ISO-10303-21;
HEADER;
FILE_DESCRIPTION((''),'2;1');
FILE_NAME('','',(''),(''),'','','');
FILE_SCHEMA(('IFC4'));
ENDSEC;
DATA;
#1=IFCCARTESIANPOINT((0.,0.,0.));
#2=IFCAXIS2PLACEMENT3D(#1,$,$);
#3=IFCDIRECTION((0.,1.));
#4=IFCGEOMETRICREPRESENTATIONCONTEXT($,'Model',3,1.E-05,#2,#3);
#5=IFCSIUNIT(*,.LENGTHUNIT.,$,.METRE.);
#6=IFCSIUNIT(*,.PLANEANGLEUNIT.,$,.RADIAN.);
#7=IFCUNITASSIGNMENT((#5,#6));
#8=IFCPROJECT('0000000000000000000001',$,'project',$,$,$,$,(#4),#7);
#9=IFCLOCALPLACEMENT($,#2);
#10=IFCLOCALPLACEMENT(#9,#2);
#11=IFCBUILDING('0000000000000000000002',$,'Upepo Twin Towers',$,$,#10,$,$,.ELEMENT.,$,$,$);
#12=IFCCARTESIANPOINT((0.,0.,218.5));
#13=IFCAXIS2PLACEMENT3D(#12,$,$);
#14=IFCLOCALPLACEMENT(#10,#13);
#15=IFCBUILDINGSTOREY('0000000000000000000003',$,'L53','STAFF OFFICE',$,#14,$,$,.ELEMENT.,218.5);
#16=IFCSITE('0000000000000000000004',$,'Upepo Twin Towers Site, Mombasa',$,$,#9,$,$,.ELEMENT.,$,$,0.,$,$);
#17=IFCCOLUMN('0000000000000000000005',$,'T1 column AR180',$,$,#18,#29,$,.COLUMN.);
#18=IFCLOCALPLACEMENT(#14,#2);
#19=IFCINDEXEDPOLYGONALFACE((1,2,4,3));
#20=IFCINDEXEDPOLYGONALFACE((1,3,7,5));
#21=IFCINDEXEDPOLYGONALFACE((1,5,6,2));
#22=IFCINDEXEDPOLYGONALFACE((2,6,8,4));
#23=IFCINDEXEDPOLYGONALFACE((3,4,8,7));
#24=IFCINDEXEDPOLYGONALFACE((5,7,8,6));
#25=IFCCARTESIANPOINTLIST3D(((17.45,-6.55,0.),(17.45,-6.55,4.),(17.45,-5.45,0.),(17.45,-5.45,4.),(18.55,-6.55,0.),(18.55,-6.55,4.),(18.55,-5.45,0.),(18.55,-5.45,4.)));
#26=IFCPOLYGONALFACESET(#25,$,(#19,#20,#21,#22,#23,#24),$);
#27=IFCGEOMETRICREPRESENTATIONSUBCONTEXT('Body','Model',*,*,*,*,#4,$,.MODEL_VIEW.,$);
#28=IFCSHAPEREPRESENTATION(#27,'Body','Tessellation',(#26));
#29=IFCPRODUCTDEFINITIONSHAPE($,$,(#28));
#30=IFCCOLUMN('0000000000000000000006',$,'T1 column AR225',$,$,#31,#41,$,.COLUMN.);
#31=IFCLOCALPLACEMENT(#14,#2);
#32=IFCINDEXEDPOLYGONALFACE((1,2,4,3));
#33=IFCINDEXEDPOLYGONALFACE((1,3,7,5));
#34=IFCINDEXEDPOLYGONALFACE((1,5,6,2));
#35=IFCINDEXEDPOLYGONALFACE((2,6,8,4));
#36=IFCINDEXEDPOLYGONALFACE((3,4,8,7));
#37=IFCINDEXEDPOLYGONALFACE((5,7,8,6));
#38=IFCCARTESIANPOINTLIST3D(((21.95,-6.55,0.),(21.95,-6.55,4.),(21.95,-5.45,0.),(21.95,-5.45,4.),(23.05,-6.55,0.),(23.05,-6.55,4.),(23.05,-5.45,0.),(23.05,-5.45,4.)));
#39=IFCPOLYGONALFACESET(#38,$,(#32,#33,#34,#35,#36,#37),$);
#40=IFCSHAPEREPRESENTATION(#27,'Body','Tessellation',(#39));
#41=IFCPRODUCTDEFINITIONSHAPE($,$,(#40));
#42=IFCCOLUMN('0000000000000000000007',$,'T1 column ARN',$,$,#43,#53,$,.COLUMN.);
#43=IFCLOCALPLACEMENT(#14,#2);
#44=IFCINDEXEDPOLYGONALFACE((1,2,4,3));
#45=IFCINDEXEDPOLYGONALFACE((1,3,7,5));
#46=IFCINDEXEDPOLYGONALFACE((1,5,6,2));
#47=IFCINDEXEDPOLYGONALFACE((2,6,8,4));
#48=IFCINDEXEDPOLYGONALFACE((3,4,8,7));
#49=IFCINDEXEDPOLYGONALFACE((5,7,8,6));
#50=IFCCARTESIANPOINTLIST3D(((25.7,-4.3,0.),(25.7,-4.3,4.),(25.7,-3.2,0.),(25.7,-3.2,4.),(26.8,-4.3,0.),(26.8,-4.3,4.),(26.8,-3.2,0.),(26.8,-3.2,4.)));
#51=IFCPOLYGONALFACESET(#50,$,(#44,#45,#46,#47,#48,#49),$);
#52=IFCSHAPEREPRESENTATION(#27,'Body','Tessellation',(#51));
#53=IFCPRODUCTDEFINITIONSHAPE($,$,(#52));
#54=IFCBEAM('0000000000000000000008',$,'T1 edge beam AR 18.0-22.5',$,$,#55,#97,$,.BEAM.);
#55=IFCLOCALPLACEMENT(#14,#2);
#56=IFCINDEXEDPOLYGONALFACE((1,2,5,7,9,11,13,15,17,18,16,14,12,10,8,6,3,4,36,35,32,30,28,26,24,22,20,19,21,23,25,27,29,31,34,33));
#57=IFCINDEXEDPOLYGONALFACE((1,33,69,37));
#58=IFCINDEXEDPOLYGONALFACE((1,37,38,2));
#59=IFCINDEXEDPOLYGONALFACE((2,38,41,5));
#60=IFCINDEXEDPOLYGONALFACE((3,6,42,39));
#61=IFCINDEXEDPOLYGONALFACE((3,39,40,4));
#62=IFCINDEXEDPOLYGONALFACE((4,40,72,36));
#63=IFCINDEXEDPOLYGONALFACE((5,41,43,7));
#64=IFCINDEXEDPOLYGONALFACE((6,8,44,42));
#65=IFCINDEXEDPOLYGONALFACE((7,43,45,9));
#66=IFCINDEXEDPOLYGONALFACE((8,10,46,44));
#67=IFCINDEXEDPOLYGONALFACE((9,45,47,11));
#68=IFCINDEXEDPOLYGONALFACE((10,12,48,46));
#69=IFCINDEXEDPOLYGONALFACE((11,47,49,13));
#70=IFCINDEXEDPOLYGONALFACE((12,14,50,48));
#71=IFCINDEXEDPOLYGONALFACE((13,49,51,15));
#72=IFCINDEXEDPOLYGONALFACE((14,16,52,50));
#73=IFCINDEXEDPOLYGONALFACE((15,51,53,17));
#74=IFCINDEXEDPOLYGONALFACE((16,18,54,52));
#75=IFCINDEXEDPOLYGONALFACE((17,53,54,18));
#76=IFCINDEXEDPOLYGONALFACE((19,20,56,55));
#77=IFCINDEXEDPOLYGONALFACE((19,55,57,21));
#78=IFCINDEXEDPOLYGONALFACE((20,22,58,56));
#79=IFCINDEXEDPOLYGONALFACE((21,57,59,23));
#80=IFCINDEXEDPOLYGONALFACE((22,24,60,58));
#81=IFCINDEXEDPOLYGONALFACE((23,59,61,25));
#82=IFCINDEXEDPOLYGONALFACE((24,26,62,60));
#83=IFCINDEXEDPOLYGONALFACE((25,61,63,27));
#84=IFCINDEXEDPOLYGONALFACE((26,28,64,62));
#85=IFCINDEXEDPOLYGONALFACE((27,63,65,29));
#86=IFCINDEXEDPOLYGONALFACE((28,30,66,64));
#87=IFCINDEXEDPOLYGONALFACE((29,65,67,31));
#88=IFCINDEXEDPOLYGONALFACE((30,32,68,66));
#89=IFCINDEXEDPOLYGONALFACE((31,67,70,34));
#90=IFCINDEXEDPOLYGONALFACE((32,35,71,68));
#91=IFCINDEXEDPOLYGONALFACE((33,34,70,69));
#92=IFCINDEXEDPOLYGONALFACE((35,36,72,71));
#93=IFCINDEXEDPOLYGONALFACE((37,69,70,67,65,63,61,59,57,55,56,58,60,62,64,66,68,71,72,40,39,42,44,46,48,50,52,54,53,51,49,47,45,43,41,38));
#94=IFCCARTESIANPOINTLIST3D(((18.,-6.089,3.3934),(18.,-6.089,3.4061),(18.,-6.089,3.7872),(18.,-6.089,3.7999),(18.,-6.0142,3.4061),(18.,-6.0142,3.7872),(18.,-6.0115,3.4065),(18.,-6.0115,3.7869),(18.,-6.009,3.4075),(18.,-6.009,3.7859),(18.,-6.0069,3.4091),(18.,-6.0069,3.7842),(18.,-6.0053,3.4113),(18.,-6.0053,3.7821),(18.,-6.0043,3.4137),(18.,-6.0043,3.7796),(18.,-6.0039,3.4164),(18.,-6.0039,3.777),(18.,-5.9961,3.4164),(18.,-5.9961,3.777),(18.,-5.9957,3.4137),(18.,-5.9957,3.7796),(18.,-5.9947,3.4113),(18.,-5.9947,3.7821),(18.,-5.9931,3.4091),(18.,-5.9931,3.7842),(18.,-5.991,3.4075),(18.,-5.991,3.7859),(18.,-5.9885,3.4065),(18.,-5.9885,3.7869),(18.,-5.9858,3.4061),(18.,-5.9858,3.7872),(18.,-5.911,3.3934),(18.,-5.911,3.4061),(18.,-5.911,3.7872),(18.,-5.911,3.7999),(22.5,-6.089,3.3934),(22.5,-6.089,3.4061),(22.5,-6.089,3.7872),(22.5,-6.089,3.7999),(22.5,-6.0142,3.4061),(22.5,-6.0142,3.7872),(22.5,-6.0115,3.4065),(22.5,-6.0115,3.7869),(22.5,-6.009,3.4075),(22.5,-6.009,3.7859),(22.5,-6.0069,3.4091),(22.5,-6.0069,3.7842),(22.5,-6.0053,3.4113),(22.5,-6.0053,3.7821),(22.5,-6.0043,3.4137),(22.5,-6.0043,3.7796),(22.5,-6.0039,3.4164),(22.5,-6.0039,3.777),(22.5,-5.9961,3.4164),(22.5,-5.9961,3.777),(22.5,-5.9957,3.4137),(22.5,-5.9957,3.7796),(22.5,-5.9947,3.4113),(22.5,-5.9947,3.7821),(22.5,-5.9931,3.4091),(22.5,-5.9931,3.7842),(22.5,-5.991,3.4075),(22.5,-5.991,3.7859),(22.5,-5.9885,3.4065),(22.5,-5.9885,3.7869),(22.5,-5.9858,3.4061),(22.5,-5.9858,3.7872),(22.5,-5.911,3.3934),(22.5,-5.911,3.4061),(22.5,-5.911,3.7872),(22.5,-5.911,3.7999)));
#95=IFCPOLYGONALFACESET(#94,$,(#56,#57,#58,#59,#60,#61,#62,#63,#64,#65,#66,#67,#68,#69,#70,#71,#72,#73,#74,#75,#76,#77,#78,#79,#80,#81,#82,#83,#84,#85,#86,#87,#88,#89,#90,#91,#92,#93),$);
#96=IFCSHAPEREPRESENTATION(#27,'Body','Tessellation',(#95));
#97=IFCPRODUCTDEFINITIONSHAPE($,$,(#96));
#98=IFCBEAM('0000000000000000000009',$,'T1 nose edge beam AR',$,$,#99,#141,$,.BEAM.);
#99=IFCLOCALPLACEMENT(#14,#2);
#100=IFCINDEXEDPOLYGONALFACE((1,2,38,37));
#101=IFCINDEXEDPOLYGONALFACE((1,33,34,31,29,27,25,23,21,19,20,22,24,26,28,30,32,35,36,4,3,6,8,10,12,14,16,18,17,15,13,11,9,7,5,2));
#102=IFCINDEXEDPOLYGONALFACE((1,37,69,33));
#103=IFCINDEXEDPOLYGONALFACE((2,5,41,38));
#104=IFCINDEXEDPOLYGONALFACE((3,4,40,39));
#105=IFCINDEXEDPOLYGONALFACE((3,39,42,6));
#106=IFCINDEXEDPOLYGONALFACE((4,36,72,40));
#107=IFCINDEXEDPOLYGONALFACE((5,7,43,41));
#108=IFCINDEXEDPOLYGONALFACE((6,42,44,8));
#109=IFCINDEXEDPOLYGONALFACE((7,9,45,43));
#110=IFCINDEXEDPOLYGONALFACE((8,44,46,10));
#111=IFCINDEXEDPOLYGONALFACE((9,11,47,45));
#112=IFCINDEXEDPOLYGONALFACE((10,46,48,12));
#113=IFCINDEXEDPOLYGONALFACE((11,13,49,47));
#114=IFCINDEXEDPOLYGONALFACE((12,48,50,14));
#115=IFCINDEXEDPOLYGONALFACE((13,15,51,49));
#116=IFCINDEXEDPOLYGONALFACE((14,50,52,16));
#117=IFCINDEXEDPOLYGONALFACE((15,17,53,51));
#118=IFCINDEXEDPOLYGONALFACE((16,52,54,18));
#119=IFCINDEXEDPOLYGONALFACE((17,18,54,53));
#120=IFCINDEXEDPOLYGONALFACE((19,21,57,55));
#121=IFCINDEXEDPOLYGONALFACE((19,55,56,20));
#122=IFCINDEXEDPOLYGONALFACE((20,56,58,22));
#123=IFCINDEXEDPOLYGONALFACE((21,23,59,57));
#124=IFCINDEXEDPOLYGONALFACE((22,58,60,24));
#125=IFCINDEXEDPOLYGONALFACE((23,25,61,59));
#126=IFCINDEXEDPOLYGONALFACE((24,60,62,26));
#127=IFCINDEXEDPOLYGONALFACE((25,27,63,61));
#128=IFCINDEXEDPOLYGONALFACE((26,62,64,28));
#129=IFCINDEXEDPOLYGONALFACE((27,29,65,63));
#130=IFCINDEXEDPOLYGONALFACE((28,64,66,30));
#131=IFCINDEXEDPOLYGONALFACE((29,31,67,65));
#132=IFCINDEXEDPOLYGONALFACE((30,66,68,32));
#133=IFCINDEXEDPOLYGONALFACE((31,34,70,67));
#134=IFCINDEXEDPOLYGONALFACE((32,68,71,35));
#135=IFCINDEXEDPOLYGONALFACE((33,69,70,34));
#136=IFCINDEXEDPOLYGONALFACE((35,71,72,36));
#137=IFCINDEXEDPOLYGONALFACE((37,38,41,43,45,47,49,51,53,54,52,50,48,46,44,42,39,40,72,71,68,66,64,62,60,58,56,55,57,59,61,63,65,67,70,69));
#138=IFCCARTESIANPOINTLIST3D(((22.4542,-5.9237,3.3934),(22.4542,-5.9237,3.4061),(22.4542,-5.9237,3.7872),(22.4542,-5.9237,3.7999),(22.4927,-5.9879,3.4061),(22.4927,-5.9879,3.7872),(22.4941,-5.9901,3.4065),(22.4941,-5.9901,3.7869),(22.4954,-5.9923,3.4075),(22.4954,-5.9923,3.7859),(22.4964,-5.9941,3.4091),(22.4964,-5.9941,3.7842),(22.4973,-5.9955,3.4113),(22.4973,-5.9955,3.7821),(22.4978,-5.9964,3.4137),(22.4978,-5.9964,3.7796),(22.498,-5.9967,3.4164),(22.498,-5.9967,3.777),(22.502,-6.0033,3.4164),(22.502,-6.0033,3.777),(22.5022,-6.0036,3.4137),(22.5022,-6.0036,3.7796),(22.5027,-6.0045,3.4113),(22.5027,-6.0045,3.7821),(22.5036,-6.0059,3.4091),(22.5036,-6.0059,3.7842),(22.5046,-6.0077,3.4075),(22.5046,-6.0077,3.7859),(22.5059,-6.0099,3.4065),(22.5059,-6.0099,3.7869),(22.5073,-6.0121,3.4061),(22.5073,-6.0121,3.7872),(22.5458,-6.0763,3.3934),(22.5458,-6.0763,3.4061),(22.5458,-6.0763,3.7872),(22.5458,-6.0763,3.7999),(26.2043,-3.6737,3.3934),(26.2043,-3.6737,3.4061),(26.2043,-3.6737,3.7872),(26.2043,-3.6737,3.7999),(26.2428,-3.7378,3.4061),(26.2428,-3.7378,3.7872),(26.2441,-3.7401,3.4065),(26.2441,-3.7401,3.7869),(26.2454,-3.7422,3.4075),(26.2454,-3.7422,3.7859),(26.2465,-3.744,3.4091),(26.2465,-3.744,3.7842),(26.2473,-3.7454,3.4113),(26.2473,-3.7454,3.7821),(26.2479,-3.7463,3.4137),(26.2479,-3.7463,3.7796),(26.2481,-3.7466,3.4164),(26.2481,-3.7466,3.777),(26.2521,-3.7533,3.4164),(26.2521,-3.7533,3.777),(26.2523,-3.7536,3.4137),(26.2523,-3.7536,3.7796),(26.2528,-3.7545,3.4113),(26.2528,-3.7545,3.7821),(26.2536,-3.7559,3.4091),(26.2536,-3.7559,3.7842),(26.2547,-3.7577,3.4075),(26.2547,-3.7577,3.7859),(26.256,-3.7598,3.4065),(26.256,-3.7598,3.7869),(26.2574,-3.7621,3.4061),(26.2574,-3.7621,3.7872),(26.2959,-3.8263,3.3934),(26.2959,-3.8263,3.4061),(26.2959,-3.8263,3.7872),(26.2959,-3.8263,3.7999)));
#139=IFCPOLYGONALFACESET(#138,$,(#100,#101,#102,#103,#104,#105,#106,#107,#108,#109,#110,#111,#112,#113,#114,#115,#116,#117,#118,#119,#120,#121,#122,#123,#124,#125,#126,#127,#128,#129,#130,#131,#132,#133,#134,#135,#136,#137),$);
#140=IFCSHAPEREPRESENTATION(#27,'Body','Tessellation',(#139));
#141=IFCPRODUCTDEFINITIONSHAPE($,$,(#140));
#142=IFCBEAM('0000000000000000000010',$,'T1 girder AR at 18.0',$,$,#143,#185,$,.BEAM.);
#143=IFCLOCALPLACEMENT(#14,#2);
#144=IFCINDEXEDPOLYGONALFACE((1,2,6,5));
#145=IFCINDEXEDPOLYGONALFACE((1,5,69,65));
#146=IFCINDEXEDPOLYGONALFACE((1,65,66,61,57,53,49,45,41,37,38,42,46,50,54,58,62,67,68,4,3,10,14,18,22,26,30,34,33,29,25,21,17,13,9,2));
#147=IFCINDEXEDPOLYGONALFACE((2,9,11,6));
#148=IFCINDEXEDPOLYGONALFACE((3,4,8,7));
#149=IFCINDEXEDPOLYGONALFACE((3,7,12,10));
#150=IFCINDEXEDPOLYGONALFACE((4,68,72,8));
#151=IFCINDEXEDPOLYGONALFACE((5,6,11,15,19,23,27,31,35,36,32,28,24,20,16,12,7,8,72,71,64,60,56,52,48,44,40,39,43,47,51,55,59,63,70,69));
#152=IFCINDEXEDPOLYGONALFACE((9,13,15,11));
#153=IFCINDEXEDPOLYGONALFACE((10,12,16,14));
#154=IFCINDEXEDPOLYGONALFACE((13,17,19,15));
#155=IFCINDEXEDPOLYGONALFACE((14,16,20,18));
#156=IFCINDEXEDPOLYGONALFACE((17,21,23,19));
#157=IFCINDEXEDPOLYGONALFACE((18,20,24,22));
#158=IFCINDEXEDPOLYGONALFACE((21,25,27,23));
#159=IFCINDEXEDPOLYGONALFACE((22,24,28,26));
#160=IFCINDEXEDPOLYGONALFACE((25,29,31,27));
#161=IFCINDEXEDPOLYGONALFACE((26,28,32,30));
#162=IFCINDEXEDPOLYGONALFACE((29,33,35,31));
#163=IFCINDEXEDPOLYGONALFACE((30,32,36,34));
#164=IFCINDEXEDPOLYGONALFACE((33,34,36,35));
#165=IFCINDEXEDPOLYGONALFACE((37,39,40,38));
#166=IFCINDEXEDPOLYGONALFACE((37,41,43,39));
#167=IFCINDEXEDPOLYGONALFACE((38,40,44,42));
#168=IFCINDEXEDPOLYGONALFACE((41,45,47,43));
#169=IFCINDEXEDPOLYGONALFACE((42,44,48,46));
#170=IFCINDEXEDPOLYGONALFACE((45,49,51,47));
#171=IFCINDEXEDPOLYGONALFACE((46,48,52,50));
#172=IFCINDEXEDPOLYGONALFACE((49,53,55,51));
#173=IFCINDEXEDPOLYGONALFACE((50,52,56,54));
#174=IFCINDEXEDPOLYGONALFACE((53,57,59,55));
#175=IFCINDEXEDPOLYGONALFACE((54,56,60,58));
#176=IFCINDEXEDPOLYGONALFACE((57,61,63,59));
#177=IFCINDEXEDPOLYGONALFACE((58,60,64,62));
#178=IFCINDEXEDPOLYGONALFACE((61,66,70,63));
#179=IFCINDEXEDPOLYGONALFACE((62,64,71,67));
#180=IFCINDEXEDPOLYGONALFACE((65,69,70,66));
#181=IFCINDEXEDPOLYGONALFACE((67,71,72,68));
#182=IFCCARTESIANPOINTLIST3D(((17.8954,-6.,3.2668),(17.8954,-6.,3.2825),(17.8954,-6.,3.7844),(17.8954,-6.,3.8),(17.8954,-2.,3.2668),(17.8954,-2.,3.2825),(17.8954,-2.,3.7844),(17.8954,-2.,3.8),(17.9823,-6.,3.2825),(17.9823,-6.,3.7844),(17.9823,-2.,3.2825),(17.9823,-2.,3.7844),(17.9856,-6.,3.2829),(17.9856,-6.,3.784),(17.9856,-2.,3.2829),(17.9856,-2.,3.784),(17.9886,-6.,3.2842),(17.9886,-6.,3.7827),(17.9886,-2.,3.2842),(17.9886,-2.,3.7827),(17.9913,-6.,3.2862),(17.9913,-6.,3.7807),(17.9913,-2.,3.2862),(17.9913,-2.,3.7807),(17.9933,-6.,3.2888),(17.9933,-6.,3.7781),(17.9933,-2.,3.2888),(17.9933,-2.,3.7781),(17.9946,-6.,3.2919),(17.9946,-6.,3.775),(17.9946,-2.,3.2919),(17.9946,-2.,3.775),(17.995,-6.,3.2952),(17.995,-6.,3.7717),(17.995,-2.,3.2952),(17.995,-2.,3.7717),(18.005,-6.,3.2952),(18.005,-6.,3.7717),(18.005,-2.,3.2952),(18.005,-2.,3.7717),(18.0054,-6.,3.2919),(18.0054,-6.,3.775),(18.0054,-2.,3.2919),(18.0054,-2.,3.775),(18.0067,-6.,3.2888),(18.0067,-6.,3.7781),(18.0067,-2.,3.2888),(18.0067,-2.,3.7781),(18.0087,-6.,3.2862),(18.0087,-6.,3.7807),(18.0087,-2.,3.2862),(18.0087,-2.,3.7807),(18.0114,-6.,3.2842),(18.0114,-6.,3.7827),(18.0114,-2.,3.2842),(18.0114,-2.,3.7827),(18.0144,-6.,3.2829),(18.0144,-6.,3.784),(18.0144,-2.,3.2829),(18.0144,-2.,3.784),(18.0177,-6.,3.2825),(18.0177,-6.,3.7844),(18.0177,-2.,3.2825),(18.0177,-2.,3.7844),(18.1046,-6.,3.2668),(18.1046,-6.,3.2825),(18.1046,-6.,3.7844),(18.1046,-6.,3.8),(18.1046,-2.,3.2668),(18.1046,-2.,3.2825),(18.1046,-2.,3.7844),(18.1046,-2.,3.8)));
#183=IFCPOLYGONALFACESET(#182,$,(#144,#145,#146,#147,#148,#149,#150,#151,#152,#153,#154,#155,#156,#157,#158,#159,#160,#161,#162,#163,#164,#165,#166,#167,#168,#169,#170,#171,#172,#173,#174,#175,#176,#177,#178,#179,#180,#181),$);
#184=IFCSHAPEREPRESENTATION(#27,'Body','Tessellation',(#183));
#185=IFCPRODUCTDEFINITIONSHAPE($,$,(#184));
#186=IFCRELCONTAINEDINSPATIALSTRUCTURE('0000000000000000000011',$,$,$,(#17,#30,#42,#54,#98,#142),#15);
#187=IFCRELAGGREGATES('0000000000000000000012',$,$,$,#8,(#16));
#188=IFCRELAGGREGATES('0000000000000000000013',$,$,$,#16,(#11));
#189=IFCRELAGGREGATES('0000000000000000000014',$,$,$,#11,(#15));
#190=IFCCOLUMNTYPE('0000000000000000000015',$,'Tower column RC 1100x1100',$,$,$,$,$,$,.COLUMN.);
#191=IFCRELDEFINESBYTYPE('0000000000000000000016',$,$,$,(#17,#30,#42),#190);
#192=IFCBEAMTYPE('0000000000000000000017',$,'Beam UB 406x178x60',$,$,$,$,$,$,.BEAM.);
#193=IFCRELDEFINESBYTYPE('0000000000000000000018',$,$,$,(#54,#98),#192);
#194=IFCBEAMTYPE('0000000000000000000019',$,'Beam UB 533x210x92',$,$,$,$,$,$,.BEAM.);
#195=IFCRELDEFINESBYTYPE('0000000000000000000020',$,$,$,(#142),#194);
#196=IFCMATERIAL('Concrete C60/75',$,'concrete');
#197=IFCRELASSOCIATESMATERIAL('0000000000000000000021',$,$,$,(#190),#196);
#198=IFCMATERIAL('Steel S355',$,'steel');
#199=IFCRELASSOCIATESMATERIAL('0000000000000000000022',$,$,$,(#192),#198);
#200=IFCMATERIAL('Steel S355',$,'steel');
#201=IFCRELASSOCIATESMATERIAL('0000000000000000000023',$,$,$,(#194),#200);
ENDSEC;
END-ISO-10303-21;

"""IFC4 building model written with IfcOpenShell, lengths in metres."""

from ifc_helpers import new_model, si_unit, direction, frame, origin, origin_2d, place, context, subcontext, project, spatial, rectangle, i_section, extrude, material, material_profile, profile_set, type_object, element, save


model = new_model("IFC4")

# Units and contexts
model_context = context("Model", 3, precision=1e-05, world=origin(), true_north=direction((0.0, 1.0)))
body_context = subcontext(model_context, "Body", "Model", "MODEL_VIEW")
ifc_project = project(units=[si_unit("LENGTHUNIT", "METRE"), si_unit("PLANEANGLEUNIT", "RADIAN")], contexts=[model_context])

# Site, building, storey
site_placement = place(None, origin())
site = spatial("IfcSite", under=ifc_project, at=site_placement, Name="Upepo Twin Towers Site, Mombasa", CompositionType="ELEMENT", RefElevation=0.0)
building_placement = place(site_placement, origin())
building = spatial("IfcBuilding", under=site, at=building_placement, Name="Upepo Twin Towers", CompositionType="ELEMENT")
storey_placement = place(building_placement, frame((0.0, 0.0, 218.5)))
storey = spatial("IfcBuildingStorey", under=building, at=storey_placement, Name="L53", Description="STAFF OFFICE", CompositionType="ELEMENT", Elevation=218.5)

# Columns
ifc_material_1 = material(Name="Concrete C60/75", Category="concrete")
ifc_material_profile_1 = material_profile(ifc_material_1, rectangle(XDim=1.1001, YDim=1.1001, at=origin_2d()), Name="RC 1100x1100")
ifc_profile_set_1 = profile_set([ifc_material_profile_1], Name="Concrete C60/75")
column_type = type_object("IfcColumnType", Name="Tower column RC 1100x1100", PredefinedType="COLUMN", material=ifc_profile_set_1)
for number, where, z_axis, x_axis, name in (
    (1, (18.0, -6.0, 0.0), (0.0, 0.0, 1.0), (1.0, 0.0, 0.0), "T1 column AR180"),
    (2, (22.5, -6.0, 0.0), (0.0, 0.0, 1.0), (1.0, 0.0, 0.0), "T1 column AR225"),
    (3, (26.25, -3.75, 0.0), (0.0, 0.0, 1.0), (1.0, 0.0, 0.0), "T1 column ARN"),
):
    element("IfcColumn", number, at=place(storey_placement, frame(where, z_axis=z_axis, x_axis=x_axis)), inside=storey, type_object=column_type, Name=name, PredefinedType="COLUMN", context=body_context, shape_type="SweptSolid", body=[
        extrude(rectangle(XDim=1.1001, YDim=1.1001, at=origin_2d()), origin(), (0.0, 0.0, 1.0), 4.0),
    ])

# Beams
ifc_material_2 = material(Name="Steel S355", Category="steel")
ifc_material_profile_2 = material_profile(ifc_material_2, i_section(OverallWidth=0.178, OverallDepth=0.4065, WebThickness=0.0078, FlangeThickness=0.0127, FilletRadius=0.0103, at=origin_2d()), Name="UB 406x178x60")
ifc_profile_set_2 = profile_set([ifc_material_profile_2], Name="Steel S355")
beam_type_1 = type_object("IfcBeamType", Name="Beam UB 406x178x60", PredefinedType="BEAM", material=ifc_profile_set_2)
beam_1_placement = place(storey_placement, frame((18.0, -6.0, 3.5967), z_axis=(1.0, 0.0, 0.0), x_axis=(0.0, 1.0, 0.0)))
element("IfcBeam", 4, at=beam_1_placement, inside=storey, type_object=beam_type_1, Name="T1 edge beam AR 18.0-22.5", PredefinedType="BEAM", context=body_context, shape_type="SweptSolid", body=[
    extrude(i_section(OverallWidth=0.178, OverallDepth=0.4065, WebThickness=0.0078, FlangeThickness=0.0127, FilletRadius=0.0103, at=origin_2d()), origin(), (0.0, 0.0, 1.0), 4.5),
])
beam_2_placement = place(storey_placement, frame((22.5, -6.0, 3.5967), z_axis=(0.857493, 0.514496, 0.0), x_axis=(-0.514496, 0.857493, 0.0)))
element("IfcBeam", 5, at=beam_2_placement, inside=storey, type_object=beam_type_1, Name="T1 nose edge beam AR", PredefinedType="BEAM", context=body_context, shape_type="SweptSolid", body=[
    extrude(i_section(OverallWidth=0.178, OverallDepth=0.4065, WebThickness=0.0078, FlangeThickness=0.0127, FilletRadius=0.0103, at=origin_2d()), origin(), (0.0, 0.0, 1.0), 4.3733),
])
ifc_material_3 = material(Name="Steel S355", Category="steel")
ifc_material_profile_3 = material_profile(ifc_material_3, i_section(OverallWidth=0.2092, OverallDepth=0.5332, WebThickness=0.01, FlangeThickness=0.0156, FilletRadius=0.0127, at=origin_2d()), Name="UB 533x210x92")
ifc_profile_set_3 = profile_set([ifc_material_profile_3], Name="Steel S355")
beam_type_2 = type_object("IfcBeamType", Name="Beam UB 533x210x92", PredefinedType="BEAM", material=ifc_profile_set_3)
for number, where, z_axis, x_axis, name in (
    (6, (18.0, -6.0, 3.5334), (0.0, 1.0, 0.0), (-1.0, 0.0, 0.0), "T1 girder AR at 18.0"),
):
    element("IfcBeam", number, at=place(storey_placement, frame(where, z_axis=z_axis, x_axis=x_axis)), inside=storey, type_object=beam_type_2, Name=name, PredefinedType="BEAM", context=body_context, shape_type="SweptSolid", body=[
        extrude(i_section(OverallWidth=0.2092, OverallDepth=0.5332, WebThickness=0.01, FlangeThickness=0.0156, FilletRadius=0.0127, at=origin_2d()), origin(), (0.0, 0.0, 1.0), 4.0),
    ])

save(model, "model.ifc")
